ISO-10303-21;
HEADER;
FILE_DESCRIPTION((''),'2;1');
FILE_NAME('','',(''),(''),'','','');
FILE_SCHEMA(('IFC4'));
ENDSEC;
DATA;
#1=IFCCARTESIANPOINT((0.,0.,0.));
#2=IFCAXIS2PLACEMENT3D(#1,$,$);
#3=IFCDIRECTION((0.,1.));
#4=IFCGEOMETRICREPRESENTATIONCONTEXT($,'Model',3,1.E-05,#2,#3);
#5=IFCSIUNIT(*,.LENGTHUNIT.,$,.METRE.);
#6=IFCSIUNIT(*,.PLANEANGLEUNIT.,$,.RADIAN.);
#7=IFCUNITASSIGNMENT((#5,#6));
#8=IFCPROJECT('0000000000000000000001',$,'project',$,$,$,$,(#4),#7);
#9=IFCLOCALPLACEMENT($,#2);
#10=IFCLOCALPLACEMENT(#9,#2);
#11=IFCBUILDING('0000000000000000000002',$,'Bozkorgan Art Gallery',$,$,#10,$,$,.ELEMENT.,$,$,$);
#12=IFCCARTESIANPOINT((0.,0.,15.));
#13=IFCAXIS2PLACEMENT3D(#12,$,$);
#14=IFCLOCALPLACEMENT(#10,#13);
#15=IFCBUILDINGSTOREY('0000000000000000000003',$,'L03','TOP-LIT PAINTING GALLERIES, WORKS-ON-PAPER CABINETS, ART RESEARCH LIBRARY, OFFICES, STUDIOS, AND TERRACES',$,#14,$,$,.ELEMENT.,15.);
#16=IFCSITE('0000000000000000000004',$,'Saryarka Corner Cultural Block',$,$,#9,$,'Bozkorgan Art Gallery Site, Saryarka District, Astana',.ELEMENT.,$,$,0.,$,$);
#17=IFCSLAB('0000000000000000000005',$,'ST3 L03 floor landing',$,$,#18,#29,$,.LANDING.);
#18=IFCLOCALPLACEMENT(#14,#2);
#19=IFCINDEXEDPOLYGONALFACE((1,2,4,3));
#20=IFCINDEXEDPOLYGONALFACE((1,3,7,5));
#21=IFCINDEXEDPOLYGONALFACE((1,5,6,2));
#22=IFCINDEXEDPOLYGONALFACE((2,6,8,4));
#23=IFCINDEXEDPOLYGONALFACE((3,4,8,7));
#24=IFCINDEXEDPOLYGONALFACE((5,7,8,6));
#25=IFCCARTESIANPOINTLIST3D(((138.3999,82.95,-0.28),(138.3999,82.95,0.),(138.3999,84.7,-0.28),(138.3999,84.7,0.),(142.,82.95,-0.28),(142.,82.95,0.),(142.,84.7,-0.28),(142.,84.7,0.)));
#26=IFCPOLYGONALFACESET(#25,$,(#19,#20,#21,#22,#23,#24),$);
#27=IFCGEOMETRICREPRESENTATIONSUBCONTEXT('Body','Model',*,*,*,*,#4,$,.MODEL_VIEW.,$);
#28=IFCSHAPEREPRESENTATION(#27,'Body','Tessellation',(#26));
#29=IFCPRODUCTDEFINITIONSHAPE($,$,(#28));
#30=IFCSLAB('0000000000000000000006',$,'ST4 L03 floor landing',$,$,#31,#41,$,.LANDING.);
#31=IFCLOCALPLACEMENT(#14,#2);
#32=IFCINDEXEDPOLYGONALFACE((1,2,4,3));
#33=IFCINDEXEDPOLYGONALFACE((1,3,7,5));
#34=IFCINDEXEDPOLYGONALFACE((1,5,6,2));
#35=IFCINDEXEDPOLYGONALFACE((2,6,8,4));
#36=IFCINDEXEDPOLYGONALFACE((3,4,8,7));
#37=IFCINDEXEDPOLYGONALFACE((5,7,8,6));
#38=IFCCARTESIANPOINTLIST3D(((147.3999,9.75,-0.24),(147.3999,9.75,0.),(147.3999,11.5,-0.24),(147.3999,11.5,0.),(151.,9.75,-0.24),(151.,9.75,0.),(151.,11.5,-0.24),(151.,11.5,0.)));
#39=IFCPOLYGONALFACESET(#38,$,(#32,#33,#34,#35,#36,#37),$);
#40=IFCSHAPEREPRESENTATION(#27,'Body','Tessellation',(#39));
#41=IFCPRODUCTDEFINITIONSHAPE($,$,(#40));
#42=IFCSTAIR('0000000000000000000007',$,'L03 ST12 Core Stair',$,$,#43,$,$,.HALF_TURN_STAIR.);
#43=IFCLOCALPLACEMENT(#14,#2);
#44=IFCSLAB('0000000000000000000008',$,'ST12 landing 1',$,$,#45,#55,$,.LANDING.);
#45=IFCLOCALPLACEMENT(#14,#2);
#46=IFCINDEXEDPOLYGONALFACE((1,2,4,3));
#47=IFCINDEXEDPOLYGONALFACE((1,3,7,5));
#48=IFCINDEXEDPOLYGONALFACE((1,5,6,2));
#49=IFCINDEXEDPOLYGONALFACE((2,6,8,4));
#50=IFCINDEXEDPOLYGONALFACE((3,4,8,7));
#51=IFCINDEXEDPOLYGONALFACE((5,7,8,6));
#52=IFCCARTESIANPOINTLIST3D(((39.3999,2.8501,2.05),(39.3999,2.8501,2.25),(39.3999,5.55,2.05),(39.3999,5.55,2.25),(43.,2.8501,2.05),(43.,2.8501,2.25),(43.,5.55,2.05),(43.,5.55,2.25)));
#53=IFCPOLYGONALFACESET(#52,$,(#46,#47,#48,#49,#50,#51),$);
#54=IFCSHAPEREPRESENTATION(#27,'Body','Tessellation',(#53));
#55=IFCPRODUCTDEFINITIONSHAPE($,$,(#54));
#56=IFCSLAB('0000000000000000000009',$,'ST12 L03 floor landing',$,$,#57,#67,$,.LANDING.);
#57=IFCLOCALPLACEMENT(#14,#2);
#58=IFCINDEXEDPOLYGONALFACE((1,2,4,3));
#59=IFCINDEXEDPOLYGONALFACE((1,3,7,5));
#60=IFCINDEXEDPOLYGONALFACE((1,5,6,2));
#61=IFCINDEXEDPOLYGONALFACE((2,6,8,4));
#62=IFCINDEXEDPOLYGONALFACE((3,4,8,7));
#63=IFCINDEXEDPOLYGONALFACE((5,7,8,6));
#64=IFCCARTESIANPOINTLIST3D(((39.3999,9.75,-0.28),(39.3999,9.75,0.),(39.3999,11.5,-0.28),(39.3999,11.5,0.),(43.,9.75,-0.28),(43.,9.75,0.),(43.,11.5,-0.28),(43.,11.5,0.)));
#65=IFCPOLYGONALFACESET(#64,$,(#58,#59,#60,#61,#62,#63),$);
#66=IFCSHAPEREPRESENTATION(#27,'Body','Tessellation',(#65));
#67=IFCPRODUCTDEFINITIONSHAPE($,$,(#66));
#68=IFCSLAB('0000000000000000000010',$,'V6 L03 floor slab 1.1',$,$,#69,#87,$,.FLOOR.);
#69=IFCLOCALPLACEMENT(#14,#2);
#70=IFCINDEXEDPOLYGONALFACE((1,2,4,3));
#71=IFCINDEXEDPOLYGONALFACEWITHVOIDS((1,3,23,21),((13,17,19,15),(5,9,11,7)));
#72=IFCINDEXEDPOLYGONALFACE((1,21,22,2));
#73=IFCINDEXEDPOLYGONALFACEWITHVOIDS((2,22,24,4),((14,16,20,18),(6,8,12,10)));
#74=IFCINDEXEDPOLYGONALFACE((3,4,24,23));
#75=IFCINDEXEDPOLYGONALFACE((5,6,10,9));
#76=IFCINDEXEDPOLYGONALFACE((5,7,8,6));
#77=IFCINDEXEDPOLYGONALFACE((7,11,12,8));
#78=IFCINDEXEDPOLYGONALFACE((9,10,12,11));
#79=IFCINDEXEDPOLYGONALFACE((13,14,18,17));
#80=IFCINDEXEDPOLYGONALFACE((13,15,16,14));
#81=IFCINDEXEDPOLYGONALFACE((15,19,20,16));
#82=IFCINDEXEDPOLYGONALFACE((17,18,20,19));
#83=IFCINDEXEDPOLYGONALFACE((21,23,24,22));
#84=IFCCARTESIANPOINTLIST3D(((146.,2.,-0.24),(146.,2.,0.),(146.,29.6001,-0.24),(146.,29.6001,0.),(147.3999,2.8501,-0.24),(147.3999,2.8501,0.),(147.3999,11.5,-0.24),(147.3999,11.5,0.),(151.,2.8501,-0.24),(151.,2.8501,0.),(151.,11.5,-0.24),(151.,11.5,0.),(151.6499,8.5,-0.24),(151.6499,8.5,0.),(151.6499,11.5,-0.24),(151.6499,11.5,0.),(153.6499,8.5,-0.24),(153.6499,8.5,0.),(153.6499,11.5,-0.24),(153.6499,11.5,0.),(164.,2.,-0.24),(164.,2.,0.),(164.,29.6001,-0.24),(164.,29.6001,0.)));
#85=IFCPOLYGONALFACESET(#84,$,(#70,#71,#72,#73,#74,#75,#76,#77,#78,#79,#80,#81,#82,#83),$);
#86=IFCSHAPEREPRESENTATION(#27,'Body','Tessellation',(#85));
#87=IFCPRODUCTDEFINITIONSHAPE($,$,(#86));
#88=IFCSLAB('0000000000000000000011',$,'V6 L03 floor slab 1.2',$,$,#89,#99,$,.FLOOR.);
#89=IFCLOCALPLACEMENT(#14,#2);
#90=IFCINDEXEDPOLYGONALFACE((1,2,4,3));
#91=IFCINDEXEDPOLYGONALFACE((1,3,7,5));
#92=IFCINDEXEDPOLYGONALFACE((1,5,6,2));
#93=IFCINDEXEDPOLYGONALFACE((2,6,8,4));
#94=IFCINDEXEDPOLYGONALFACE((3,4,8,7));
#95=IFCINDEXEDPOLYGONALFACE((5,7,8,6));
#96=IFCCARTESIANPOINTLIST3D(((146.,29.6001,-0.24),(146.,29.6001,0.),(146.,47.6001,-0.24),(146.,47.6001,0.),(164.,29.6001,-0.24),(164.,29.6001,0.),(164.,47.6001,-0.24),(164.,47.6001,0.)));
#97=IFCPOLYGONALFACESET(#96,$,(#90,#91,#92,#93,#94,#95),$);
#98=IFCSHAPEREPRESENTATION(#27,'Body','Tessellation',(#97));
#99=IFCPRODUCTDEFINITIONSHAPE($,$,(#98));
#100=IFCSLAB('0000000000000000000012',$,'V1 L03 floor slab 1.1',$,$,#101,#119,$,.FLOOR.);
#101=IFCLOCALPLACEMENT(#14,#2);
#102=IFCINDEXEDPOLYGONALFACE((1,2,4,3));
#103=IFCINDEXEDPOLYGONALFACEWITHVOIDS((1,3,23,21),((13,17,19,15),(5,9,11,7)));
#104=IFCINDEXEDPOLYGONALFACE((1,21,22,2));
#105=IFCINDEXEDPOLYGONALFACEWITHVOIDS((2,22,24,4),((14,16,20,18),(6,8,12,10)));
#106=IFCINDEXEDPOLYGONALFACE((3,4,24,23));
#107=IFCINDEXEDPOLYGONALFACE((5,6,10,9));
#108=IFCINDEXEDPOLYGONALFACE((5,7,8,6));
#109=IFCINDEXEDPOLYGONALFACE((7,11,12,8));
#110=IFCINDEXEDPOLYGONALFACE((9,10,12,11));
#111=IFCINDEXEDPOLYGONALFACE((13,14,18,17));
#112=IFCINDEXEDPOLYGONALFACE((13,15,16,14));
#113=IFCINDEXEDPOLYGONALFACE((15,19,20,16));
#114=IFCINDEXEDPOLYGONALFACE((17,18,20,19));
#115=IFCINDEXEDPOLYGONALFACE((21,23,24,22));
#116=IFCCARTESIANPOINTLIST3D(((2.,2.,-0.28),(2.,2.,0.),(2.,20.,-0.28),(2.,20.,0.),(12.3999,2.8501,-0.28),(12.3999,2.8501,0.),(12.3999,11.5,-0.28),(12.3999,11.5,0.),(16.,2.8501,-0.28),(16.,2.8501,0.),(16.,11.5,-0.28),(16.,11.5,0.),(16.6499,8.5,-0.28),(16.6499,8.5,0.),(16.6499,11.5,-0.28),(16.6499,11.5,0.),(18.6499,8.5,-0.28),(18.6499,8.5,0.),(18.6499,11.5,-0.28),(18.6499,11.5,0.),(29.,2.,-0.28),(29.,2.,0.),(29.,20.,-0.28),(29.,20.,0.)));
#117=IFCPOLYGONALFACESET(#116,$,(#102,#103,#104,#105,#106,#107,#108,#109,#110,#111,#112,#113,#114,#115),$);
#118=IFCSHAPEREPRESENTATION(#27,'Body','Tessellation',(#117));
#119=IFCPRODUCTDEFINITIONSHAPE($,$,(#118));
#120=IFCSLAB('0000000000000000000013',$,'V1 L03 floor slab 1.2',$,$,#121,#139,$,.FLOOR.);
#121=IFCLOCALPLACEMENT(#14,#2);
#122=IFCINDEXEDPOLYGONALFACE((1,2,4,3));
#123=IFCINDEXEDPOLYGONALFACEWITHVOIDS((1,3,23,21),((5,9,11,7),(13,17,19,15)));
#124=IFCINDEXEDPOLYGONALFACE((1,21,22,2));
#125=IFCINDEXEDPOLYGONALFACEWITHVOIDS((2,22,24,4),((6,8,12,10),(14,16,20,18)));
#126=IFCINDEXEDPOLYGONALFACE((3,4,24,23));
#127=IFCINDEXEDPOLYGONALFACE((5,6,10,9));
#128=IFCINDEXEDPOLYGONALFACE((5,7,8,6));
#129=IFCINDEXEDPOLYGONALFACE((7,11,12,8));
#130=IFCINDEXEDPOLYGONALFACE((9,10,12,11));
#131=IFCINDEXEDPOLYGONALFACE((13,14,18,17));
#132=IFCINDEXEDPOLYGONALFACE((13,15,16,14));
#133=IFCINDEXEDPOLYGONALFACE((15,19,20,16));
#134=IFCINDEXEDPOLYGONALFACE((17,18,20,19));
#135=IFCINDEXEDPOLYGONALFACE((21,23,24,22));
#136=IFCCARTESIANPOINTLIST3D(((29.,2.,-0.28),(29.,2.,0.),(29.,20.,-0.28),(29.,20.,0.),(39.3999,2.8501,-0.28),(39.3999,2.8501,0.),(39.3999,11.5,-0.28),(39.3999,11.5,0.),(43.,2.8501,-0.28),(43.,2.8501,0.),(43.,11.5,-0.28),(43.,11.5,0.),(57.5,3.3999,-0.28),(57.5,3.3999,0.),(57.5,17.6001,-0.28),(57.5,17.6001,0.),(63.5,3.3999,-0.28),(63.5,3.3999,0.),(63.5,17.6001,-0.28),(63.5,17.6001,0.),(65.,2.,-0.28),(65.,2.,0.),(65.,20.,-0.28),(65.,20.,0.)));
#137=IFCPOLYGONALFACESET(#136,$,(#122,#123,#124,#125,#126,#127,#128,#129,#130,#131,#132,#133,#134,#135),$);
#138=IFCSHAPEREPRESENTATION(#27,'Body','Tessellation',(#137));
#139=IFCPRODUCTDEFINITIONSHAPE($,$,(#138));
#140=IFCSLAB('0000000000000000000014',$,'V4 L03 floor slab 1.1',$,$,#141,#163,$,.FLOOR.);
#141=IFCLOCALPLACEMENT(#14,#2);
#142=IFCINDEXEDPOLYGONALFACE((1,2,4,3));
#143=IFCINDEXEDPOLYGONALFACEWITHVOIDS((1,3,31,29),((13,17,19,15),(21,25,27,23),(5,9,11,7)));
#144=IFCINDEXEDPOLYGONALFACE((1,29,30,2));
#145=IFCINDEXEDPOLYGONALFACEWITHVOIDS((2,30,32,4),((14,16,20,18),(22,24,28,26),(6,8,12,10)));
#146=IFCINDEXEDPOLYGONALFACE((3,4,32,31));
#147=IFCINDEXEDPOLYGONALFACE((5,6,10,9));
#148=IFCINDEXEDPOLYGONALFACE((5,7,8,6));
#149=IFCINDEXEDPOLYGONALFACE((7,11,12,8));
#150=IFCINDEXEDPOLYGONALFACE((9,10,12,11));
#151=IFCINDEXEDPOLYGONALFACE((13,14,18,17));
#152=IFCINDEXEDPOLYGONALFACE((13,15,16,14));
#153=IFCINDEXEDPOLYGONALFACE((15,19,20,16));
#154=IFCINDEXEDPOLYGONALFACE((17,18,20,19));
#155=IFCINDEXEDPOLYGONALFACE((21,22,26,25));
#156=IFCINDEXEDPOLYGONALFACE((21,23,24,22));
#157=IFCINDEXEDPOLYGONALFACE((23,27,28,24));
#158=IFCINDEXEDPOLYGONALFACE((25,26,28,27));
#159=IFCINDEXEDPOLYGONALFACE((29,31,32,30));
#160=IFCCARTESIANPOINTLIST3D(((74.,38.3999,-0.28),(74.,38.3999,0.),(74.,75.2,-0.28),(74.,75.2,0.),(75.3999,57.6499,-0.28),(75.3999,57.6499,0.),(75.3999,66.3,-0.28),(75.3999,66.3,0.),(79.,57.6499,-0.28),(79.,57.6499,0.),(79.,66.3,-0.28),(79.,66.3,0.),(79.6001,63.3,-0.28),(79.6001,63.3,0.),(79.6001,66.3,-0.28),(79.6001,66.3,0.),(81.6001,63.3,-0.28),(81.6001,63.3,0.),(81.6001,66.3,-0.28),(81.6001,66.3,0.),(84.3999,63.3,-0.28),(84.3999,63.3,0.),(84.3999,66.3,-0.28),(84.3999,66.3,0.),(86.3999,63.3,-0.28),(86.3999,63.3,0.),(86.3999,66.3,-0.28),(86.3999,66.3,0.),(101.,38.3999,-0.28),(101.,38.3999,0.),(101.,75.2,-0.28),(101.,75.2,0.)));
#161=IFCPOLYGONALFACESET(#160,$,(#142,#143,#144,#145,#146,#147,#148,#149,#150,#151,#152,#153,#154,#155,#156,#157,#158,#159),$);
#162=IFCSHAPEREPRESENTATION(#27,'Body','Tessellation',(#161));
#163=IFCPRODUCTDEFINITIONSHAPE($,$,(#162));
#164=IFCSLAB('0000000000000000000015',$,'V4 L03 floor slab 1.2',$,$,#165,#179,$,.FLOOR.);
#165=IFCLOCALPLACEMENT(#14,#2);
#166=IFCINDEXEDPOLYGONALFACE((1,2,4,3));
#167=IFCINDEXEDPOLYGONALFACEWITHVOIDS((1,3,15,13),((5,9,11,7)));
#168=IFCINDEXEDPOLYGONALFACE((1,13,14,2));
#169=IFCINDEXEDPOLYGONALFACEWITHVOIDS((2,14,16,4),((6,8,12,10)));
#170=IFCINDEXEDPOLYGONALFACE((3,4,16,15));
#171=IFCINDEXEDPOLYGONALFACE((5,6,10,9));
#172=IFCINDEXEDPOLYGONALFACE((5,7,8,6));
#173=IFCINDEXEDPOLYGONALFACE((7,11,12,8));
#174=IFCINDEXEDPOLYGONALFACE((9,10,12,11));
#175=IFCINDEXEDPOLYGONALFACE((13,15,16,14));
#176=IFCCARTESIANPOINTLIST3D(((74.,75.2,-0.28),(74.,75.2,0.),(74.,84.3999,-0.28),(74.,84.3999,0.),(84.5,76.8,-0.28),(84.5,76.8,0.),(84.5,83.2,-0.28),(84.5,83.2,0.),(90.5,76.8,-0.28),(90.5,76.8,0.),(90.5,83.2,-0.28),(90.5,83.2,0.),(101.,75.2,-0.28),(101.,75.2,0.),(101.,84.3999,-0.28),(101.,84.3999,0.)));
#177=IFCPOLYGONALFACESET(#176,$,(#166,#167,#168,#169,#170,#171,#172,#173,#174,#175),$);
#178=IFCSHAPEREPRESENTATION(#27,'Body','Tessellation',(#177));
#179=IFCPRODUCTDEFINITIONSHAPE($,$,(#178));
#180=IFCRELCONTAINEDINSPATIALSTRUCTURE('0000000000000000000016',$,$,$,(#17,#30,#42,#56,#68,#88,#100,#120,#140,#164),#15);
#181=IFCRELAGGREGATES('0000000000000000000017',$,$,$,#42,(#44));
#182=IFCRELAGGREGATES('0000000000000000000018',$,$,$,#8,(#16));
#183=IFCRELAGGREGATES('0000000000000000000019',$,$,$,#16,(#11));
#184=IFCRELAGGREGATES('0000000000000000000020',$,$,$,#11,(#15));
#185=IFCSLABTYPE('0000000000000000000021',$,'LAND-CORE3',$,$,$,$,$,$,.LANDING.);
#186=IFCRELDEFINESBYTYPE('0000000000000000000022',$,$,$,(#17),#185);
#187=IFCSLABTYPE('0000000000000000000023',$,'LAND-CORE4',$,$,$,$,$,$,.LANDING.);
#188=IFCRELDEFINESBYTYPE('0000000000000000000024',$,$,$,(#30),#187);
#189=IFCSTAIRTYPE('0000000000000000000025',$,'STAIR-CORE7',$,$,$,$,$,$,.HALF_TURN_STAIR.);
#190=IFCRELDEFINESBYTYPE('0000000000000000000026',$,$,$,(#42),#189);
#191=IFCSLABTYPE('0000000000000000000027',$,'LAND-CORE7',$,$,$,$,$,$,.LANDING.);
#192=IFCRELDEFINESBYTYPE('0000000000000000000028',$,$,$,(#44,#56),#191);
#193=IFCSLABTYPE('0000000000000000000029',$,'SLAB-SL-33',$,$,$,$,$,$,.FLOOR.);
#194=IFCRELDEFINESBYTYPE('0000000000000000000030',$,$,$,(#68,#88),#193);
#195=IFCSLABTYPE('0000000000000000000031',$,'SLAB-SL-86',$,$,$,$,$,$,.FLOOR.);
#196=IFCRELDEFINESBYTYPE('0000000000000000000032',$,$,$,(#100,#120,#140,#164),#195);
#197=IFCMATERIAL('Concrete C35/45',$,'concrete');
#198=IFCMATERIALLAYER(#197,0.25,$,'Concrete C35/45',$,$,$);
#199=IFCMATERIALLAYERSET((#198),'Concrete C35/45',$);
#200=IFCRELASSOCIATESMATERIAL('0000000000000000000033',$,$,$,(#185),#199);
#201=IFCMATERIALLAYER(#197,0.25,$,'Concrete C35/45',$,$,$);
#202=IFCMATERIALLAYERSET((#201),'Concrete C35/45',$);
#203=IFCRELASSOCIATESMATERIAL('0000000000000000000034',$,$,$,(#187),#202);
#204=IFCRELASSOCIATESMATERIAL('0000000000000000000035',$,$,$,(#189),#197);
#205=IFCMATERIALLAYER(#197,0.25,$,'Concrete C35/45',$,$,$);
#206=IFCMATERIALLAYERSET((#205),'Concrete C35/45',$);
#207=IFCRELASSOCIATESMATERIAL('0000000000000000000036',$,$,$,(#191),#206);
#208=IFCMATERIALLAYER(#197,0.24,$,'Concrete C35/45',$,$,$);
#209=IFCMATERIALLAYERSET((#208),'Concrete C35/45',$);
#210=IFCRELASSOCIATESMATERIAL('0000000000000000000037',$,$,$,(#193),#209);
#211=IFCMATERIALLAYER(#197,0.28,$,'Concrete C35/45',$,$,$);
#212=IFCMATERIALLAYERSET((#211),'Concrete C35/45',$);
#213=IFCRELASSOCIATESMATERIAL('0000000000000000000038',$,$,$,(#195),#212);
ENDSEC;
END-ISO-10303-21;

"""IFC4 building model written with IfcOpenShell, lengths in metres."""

from ifc_helpers import new_model, si_unit, direction, frame, origin, place, context, subcontext, project, spatial, polyline, outline, extrude, material, layer, layer_set, type_object, element, aggregate, save


model = new_model("IFC4")

# Units and contexts
model_context = context("Model", 3, precision=1e-05, world=origin(), true_north=direction((0.0, 1.0)))
body_context = subcontext(model_context, "Body", "Model", "MODEL_VIEW")
ifc_project = project(units=[si_unit("LENGTHUNIT", "METRE"), si_unit("PLANEANGLEUNIT", "RADIAN")], contexts=[model_context])

# Site, building, storey
site_placement = place(None, origin())
site = spatial("IfcSite", under=ifc_project, at=site_placement, Name="Saryarka Corner Cultural Block", LongName="Bozkorgan Art Gallery Site, Saryarka District, Astana", CompositionType="ELEMENT", RefElevation=0.0)
building_placement = place(site_placement, origin())
building = spatial("IfcBuilding", under=site, at=building_placement, Name="Bozkorgan Art Gallery", CompositionType="ELEMENT")
storey_placement = place(building_placement, frame((0.0, 0.0, 15.0)))
storey = spatial("IfcBuildingStorey", under=building, at=storey_placement, Name="L03", Description="TOP-LIT PAINTING GALLERIES, WORKS-ON-PAPER CABINETS, ART RESEARCH LIBRARY, OFFICES, STUDIOS, AND TERRACES", CompositionType="ELEMENT", Elevation=15.0)

# Shared definitions
ifc_material_1 = material(Name="Concrete C35/45", Category="concrete")

# Shared definitions
ifc_layer_1 = layer(ifc_material_1, 0.25, Name="Concrete C35/45")
ifc_layer_set_1 = layer_set([ifc_layer_1], Name="Concrete C35/45")
slab_type_1 = type_object("IfcSlabType", Name="LAND-CORE3", PredefinedType="LANDING", material=ifc_layer_set_1)

# Slabs
slab_1_placement = place(storey_placement, frame((0.0, 0.0, -0.28)))
element("IfcSlab", 1, at=slab_1_placement, inside=storey, type_object=slab_type_1, Name="ST3 L03 floor landing", PredefinedType="LANDING", context=body_context, shape_type="SweptSolid", body=[
    extrude(outline(polyline([(138.3999, 82.95), (142.0, 82.95), (142.0, 84.7), (138.3999, 84.7), (138.3999, 82.95)])), origin(), (0.0, 0.0, 1.0), 0.28),
])
ifc_layer_2 = layer(ifc_material_1, 0.25, Name="Concrete C35/45")
ifc_layer_set_2 = layer_set([ifc_layer_2], Name="Concrete C35/45")
slab_type_2 = type_object("IfcSlabType", Name="LAND-CORE4", PredefinedType="LANDING", material=ifc_layer_set_2)
slab_2_placement = place(storey_placement, frame((0.0, 0.0, -0.24)))
element("IfcSlab", 2, at=slab_2_placement, inside=storey, type_object=slab_type_2, Name="ST4 L03 floor landing", PredefinedType="LANDING", context=body_context, shape_type="SweptSolid", body=[
    extrude(outline(polyline([(147.3999, 9.75), (151.0, 9.75), (151.0, 11.5), (147.3999, 11.5), (147.3999, 9.75)])), origin(), (0.0, 0.0, 1.0), 0.24),
])

# Stair, slab
stair_type_1 = type_object("IfcStairType", Name="STAIR-CORE7", PredefinedType="HALF_TURN_STAIR", material=ifc_material_1)
stair_1_placement = place(storey_placement, origin())
stair_1 = element("IfcStair", 3, at=stair_1_placement, inside=storey, type_object=stair_type_1, Name="L03 ST12 Core Stair", PredefinedType="HALF_TURN_STAIR")
ifc_layer_3 = layer(ifc_material_1, 0.25, Name="Concrete C35/45")
ifc_layer_set_3 = layer_set([ifc_layer_3], Name="Concrete C35/45")
slab_type_3 = type_object("IfcSlabType", Name="LAND-CORE7", PredefinedType="LANDING", material=ifc_layer_set_3)
slab_3_placement = place(storey_placement, frame((0.0, 0.0, 2.05)))
slab_3 = element("IfcSlab", 4, at=slab_3_placement, type_object=slab_type_3, Name="ST12 landing 1", PredefinedType="LANDING", context=body_context, shape_type="SweptSolid", body=[
    extrude(outline(polyline([(39.3999, 5.55), (39.3999, 2.8501), (43.0, 2.8501), (43.0, 5.55), (39.3999, 5.55)])), origin(), (0.0, 0.0, 1.0), 0.2),
])
aggregate(stair_1, [slab_3])

# Slabs
slab_4_placement = place(storey_placement, frame((0.0, 0.0, -0.28)))
element("IfcSlab", 5, at=slab_4_placement, inside=storey, type_object=slab_type_3, Name="ST12 L03 floor landing", PredefinedType="LANDING", context=body_context, shape_type="SweptSolid", body=[
    extrude(outline(polyline([(39.3999, 9.75), (43.0, 9.75), (43.0, 11.5), (39.3999, 11.5), (39.3999, 9.75)])), origin(), (0.0, 0.0, 1.0), 0.28),
])
ifc_layer_4 = layer(ifc_material_1, 0.24, Name="Concrete C35/45")
ifc_layer_set_4 = layer_set([ifc_layer_4], Name="Concrete C35/45")
slab_type_4 = type_object("IfcSlabType", Name="SLAB-SL-33", PredefinedType="FLOOR", material=ifc_layer_set_4)
slab_5_placement = place(storey_placement, frame((0.0, 0.0, -0.24)))
element("IfcSlab", 6, at=slab_5_placement, inside=storey, type_object=slab_type_4, Name="V6 L03 floor slab 1.1", PredefinedType="FLOOR", context=body_context, shape_type="SweptSolid", body=[
    extrude(outline(polyline([(146.0, 2.0), (164.0, 2.0), (164.0, 29.6001), (146.0, 29.6001), (146.0, 2.0)]), holes=[polyline([(147.3999, 2.8501), (151.0, 2.8501), (151.0, 11.5), (147.3999, 11.5), (147.3999, 2.8501)]), polyline([(151.6499, 8.5), (153.6499, 8.5), (153.6499, 11.5), (151.6499, 11.5), (151.6499, 8.5)])]), origin(), (0.0, 0.0, 1.0), 0.24),
])
slab_6_placement = place(storey_placement, frame((0.0, 0.0, -0.24)))
element("IfcSlab", 7, at=slab_6_placement, inside=storey, type_object=slab_type_4, Name="V6 L03 floor slab 1.2", PredefinedType="FLOOR", context=body_context, shape_type="SweptSolid", body=[
    extrude(outline(polyline([(146.0, 29.6001), (164.0, 29.6001), (164.0, 47.6001), (146.0, 47.6001), (146.0, 29.6001)])), origin(), (0.0, 0.0, 1.0), 0.24),
])
ifc_layer_5 = layer(ifc_material_1, 0.28, Name="Concrete C35/45")
ifc_layer_set_5 = layer_set([ifc_layer_5], Name="Concrete C35/45")
slab_type_5 = type_object("IfcSlabType", Name="SLAB-SL-86", PredefinedType="FLOOR", material=ifc_layer_set_5)
slab_7_placement = place(storey_placement, frame((0.0, 0.0, -0.28)))
element("IfcSlab", 8, at=slab_7_placement, inside=storey, type_object=slab_type_5, Name="V1 L03 floor slab 1.1", PredefinedType="FLOOR", context=body_context, shape_type="SweptSolid", body=[
    extrude(outline(polyline([(2.0, 2.0), (29.0, 2.0), (29.0, 20.0), (2.0, 20.0), (2.0, 2.0)]), holes=[polyline([(12.3999, 2.8501), (16.0, 2.8501), (16.0, 11.5), (12.3999, 11.5), (12.3999, 2.8501)]), polyline([(16.6499, 8.5), (18.6499, 8.5), (18.6499, 11.5), (16.6499, 11.5), (16.6499, 8.5)])]), origin(), (0.0, 0.0, 1.0), 0.28),
])
slab_8_placement = place(storey_placement, frame((0.0, 0.0, -0.28)))
element("IfcSlab", 9, at=slab_8_placement, inside=storey, type_object=slab_type_5, Name="V1 L03 floor slab 1.2", PredefinedType="FLOOR", context=body_context, shape_type="SweptSolid", body=[
    extrude(outline(polyline([(29.0, 2.0), (65.0, 2.0), (65.0, 20.0), (29.0, 20.0), (29.0, 2.0)]), holes=[polyline([(39.3999, 2.8501), (43.0, 2.8501), (43.0, 11.5), (39.3999, 11.5), (39.3999, 2.8501)]), polyline([(57.5, 3.3999), (63.5, 3.3999), (63.5, 17.6001), (57.5, 17.6001), (57.5, 3.3999)])]), origin(), (0.0, 0.0, 1.0), 0.28),
])
slab_9_placement = place(storey_placement, frame((0.0, 0.0, -0.28)))
element("IfcSlab", 10, at=slab_9_placement, inside=storey, type_object=slab_type_5, Name="V4 L03 floor slab 1.1", PredefinedType="FLOOR", context=body_context, shape_type="SweptSolid", body=[
    extrude(outline(polyline([(74.0, 38.3999), (101.0, 38.3999), (101.0, 75.2), (74.0, 75.2), (74.0, 38.3999)]), holes=[polyline([(75.3999, 57.6499), (79.0, 57.6499), (79.0, 66.3), (75.3999, 66.3), (75.3999, 57.6499)]), polyline([(79.6001, 63.3), (81.6001, 63.3), (81.6001, 66.3), (79.6001, 66.3), (79.6001, 63.3)]), polyline([(84.3999, 63.3), (86.3999, 63.3), (86.3999, 66.3), (84.3999, 66.3), (84.3999, 63.3)])]), origin(), (0.0, 0.0, 1.0), 0.28),
])
slab_10_placement = place(storey_placement, frame((0.0, 0.0, -0.28)))
element("IfcSlab", 11, at=slab_10_placement, inside=storey, type_object=slab_type_5, Name="V4 L03 floor slab 1.2", PredefinedType="FLOOR", context=body_context, shape_type="SweptSolid", body=[
    extrude(outline(polyline([(74.0, 75.2), (101.0, 75.2), (101.0, 84.3999), (74.0, 84.3999), (74.0, 75.2)]), holes=[polyline([(84.5, 76.8), (90.5, 76.8), (90.5, 83.2), (84.5, 83.2), (84.5, 76.8)])]), origin(), (0.0, 0.0, 1.0), 0.28),
])

save(model, "model.ifc")
